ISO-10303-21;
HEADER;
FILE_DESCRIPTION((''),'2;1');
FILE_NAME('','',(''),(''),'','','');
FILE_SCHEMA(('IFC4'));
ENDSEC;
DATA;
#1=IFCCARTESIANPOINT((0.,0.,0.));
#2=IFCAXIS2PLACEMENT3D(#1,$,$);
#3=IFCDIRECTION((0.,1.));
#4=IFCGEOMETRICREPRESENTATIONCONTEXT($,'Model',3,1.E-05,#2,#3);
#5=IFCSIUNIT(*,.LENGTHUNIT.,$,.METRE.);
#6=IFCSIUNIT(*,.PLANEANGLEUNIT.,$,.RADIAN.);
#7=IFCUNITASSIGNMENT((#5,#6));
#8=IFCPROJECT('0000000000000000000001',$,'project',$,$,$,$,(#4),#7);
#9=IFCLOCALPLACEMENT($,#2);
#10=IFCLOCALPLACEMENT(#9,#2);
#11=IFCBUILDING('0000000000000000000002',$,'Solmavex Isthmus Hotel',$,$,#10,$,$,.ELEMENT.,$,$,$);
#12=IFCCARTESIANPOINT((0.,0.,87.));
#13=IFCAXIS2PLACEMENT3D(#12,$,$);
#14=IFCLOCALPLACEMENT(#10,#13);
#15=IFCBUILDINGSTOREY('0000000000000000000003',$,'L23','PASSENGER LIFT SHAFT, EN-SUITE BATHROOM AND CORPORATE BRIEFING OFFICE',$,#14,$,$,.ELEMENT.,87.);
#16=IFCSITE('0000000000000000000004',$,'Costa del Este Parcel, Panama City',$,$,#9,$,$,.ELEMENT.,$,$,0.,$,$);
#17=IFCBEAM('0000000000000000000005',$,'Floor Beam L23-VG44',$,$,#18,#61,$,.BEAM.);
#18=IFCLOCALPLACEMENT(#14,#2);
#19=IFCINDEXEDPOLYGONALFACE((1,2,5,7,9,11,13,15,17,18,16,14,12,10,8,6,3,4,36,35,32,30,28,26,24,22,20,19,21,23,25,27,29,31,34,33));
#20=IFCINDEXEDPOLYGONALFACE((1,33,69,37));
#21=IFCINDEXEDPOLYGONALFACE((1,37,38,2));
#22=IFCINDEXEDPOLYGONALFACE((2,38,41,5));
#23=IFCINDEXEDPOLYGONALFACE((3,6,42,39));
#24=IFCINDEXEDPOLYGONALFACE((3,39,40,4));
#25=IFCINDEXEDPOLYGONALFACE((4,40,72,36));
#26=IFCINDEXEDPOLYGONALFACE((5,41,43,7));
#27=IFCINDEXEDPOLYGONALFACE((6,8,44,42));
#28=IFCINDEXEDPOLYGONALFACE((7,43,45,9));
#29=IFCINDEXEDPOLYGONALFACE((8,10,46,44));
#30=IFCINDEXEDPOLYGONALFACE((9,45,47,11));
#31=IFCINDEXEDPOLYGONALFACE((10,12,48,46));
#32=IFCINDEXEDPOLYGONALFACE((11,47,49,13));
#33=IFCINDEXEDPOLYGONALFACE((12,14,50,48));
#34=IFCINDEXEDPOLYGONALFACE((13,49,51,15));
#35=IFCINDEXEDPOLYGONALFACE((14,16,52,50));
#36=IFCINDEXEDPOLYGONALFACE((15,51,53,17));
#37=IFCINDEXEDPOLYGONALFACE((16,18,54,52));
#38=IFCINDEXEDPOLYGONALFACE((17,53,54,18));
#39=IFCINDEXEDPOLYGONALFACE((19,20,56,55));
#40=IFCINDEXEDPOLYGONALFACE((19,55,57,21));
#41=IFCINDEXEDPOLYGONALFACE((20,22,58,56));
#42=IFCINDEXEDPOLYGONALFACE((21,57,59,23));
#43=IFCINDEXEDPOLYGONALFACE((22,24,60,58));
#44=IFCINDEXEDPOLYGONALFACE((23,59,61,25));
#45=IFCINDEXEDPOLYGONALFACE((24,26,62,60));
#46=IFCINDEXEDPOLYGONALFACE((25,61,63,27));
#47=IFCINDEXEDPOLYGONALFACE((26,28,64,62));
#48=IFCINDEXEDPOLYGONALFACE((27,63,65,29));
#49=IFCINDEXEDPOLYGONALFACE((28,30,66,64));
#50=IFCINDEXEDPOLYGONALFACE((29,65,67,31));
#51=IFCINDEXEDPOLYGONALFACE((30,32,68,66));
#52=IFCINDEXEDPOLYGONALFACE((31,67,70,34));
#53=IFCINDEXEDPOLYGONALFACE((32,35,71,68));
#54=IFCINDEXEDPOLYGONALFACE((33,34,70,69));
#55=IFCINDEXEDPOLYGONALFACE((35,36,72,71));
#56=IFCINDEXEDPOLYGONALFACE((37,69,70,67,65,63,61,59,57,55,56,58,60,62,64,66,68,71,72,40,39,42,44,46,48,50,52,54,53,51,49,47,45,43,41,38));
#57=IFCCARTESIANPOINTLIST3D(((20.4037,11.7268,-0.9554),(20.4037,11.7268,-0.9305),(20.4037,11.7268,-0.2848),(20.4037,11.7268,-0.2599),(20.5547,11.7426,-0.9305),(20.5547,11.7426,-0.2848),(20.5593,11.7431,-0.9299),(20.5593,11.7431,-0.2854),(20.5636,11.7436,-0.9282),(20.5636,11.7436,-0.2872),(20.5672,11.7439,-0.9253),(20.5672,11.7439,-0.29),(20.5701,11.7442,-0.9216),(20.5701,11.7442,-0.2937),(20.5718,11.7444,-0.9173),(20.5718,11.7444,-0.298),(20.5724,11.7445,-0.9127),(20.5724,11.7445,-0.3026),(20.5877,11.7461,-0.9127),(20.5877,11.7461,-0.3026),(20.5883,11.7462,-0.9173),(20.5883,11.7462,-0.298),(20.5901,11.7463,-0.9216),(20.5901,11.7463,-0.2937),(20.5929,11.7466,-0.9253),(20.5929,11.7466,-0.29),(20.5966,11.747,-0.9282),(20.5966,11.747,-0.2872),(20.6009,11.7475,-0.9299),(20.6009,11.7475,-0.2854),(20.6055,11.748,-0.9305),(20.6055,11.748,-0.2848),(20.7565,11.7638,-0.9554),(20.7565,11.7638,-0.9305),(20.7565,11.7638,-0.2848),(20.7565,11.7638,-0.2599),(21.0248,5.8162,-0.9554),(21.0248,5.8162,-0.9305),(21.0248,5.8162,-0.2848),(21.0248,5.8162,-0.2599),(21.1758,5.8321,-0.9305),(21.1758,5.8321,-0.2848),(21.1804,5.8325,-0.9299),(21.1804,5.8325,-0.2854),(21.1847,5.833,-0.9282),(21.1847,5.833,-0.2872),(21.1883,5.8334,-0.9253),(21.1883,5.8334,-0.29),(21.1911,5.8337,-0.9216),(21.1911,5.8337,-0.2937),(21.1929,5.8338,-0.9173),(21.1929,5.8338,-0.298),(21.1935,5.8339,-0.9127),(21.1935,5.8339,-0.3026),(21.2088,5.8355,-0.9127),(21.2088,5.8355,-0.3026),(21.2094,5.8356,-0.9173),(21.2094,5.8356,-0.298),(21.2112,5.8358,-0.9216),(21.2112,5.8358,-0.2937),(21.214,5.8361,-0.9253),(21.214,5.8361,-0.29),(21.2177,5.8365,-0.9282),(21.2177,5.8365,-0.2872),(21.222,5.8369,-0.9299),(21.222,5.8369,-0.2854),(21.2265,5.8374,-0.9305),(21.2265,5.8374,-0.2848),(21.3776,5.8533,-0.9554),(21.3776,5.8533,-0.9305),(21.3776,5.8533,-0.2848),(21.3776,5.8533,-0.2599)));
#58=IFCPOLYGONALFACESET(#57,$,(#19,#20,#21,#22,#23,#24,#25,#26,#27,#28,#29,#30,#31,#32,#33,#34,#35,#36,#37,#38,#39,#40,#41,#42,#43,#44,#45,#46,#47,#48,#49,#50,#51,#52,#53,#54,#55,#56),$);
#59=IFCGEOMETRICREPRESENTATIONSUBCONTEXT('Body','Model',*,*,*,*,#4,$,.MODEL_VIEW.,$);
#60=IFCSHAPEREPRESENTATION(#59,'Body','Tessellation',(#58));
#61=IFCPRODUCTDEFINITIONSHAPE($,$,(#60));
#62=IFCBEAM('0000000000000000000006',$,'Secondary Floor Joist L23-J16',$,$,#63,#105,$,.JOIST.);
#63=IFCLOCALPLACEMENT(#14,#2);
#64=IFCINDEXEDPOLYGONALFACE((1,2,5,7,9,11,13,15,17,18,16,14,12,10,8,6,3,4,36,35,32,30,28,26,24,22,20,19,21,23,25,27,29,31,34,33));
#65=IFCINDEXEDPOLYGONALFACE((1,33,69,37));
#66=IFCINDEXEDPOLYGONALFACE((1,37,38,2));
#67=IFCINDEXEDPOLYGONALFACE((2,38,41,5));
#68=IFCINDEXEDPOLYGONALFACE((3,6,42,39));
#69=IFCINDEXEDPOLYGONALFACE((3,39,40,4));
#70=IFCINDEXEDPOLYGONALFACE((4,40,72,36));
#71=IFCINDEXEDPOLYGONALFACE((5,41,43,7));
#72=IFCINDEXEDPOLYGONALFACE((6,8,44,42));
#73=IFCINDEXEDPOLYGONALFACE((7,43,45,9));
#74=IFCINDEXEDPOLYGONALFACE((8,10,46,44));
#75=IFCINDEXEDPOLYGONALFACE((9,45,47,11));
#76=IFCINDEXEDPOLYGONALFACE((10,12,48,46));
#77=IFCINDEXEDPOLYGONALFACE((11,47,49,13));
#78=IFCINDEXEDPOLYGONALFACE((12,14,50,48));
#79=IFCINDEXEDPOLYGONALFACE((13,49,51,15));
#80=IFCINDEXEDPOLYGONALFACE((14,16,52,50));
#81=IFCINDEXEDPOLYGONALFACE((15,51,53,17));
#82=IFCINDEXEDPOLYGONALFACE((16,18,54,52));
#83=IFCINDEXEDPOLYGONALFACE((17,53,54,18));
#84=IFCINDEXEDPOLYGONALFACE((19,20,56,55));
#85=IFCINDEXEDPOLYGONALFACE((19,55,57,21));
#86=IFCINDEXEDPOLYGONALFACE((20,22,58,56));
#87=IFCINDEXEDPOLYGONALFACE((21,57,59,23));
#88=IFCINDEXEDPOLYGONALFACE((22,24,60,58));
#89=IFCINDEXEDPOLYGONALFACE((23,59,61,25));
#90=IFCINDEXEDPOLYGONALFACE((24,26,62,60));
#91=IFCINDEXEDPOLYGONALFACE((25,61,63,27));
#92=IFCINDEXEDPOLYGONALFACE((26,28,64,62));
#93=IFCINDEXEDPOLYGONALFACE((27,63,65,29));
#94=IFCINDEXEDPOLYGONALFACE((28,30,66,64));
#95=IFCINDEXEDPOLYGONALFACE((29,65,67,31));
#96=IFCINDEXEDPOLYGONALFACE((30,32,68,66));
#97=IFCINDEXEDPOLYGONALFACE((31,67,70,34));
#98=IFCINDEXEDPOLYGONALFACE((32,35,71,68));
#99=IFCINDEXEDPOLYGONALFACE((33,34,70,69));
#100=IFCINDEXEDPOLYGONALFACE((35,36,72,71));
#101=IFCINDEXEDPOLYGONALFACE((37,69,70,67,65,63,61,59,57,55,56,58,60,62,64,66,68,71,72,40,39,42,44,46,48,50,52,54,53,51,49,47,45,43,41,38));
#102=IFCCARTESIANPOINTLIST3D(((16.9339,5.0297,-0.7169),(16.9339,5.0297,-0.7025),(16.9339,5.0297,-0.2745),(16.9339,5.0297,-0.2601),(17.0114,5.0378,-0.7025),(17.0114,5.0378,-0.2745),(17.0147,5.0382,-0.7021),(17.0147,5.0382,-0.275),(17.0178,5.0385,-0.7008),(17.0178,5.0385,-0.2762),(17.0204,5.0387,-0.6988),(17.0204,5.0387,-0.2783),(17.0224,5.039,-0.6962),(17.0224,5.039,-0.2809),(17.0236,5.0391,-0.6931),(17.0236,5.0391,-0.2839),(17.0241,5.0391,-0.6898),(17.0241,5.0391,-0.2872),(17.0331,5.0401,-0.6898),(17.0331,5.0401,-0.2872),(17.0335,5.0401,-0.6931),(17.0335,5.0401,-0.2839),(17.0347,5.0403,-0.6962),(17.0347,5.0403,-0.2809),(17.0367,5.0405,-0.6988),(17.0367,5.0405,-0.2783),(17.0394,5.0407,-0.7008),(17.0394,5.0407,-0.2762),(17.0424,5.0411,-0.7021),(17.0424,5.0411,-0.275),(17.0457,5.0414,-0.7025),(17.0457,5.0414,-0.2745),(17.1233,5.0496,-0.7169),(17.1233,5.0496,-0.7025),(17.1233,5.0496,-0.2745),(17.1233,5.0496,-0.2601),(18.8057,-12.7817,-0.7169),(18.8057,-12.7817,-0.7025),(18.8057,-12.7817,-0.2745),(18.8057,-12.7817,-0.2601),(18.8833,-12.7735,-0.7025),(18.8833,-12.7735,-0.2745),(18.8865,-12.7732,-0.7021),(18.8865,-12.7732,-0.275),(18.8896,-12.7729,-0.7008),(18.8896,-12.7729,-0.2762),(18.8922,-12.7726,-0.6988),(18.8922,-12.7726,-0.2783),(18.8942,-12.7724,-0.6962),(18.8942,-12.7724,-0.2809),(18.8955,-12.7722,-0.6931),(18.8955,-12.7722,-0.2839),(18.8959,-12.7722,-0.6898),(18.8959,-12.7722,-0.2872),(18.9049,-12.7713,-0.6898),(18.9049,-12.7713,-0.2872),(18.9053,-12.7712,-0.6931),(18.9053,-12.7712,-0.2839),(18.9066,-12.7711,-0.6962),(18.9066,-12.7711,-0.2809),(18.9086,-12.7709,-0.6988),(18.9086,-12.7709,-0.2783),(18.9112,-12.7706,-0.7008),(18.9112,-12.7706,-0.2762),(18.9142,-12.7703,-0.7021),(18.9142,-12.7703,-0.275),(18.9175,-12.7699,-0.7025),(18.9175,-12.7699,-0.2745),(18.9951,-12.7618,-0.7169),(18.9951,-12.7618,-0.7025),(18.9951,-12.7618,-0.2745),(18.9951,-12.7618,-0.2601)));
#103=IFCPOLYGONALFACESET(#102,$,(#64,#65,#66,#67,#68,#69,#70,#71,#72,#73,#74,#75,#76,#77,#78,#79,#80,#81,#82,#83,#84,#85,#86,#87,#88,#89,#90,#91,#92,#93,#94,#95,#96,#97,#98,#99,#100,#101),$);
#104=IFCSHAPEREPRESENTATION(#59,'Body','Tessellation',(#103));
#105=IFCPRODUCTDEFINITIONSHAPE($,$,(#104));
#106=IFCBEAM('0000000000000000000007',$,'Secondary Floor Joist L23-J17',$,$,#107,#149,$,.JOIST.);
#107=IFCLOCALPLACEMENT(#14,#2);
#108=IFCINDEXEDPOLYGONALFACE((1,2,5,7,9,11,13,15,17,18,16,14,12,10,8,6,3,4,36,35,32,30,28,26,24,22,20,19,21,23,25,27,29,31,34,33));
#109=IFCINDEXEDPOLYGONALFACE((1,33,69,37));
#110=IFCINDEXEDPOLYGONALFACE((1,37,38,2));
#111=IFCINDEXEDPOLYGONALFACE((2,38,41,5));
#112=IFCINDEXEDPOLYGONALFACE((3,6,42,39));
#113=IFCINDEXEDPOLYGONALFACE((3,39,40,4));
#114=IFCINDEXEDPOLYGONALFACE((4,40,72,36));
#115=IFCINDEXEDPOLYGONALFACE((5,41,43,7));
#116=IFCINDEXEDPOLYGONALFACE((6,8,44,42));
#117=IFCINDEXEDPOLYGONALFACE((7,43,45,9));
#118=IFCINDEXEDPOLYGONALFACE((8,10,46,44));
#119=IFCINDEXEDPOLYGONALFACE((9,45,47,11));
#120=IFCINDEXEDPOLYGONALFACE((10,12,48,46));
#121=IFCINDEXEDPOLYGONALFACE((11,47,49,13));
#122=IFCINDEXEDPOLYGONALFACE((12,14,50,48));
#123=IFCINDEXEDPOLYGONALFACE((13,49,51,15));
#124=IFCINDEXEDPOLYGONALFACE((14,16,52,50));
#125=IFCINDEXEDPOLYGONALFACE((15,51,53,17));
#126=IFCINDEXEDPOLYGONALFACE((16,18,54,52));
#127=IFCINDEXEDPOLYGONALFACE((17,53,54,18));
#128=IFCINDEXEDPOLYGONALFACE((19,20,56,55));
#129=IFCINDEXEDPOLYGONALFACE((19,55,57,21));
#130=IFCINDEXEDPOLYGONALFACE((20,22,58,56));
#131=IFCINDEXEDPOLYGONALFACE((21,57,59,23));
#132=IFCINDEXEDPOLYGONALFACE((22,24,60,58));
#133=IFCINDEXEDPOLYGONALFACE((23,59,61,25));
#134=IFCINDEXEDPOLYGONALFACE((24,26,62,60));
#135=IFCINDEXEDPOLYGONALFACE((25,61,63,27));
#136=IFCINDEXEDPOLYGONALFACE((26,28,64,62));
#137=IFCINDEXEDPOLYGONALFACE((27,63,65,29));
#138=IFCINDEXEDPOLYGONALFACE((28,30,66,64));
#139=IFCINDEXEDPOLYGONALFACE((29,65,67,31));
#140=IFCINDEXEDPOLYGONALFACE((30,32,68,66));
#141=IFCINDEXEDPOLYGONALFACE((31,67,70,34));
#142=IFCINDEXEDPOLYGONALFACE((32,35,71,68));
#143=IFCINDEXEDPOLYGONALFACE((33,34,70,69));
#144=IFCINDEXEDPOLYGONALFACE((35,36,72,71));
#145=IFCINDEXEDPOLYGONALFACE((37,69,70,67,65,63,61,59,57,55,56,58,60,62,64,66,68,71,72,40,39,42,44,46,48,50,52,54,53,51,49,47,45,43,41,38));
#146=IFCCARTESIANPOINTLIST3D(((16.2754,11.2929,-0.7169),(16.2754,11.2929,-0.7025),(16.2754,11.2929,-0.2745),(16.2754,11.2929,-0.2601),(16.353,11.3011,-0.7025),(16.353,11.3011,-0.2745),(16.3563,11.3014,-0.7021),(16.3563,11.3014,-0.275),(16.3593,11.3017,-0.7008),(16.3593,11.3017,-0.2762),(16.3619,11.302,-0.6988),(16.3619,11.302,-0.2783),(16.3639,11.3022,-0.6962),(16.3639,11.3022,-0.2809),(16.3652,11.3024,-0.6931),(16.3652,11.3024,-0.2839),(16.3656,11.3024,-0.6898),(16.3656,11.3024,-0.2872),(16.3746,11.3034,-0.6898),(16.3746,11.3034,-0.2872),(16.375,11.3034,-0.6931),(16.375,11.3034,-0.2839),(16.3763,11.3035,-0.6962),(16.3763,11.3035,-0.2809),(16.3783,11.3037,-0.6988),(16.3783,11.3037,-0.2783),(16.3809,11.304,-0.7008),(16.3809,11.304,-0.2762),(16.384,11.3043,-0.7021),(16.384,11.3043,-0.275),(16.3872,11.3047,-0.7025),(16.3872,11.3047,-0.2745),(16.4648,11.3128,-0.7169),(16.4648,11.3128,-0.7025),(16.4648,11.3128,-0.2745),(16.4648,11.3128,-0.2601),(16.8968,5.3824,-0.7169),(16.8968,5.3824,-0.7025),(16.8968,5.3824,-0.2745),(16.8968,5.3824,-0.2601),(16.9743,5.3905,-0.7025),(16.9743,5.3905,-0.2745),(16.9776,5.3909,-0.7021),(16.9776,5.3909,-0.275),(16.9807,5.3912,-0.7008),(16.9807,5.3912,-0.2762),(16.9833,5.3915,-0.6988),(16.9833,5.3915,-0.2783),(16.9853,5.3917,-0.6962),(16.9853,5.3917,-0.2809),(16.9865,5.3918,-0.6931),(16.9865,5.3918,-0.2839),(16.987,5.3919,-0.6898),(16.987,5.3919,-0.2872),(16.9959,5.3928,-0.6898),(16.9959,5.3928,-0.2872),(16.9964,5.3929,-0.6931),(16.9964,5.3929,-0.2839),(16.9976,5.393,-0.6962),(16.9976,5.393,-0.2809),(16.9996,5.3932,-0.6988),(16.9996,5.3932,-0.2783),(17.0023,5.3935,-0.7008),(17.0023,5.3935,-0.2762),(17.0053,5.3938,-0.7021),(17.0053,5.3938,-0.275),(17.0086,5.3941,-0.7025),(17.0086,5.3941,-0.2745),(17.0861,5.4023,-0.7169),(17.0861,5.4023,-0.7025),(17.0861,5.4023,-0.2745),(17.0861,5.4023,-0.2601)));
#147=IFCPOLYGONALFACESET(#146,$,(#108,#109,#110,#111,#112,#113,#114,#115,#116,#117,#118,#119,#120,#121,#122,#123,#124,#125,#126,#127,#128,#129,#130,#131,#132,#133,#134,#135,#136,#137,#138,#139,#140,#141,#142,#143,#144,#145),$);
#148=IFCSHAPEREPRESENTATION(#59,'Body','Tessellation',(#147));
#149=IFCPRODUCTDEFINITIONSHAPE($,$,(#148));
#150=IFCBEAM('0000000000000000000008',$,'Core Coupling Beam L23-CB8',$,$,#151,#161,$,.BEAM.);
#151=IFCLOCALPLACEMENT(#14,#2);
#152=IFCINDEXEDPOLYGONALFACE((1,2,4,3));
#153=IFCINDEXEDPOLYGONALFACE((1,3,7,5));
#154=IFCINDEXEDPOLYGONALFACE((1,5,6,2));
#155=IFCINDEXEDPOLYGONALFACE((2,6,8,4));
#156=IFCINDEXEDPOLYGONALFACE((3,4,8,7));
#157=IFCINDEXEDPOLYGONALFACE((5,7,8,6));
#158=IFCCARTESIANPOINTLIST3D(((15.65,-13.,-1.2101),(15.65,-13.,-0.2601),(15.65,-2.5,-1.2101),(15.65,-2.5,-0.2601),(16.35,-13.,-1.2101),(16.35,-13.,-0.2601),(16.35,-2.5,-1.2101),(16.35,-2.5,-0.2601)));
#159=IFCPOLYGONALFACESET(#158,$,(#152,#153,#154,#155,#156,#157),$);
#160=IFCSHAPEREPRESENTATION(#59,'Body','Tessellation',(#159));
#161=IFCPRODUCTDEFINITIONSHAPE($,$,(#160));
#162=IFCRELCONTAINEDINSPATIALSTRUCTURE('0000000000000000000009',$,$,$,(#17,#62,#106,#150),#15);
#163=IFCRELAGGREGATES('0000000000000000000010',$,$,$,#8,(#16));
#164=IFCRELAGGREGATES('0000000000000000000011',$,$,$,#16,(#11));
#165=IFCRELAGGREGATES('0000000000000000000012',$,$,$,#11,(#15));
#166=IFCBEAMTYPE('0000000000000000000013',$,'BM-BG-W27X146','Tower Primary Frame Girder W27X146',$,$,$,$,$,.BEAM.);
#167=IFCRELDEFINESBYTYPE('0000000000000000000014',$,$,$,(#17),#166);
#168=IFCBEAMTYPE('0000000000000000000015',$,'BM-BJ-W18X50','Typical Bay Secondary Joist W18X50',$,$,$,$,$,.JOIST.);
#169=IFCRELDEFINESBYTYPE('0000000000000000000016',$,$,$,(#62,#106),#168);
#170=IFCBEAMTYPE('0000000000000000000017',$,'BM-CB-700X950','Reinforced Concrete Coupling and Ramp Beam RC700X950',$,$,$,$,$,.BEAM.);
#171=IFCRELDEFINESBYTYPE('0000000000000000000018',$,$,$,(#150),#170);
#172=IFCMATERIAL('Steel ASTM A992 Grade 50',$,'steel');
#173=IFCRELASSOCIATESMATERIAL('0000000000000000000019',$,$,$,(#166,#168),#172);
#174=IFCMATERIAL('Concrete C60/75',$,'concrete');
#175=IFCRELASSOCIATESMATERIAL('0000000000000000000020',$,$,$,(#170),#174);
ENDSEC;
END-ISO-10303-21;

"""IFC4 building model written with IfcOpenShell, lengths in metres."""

from ifc_helpers import new_model, si_unit, direction, frame, origin, origin_2d, place, context, subcontext, project, spatial, rectangle, i_section, extrude, material, material_profile, profile_set, type_object, element, save


model = new_model("IFC4")

# Units and contexts
model_context = context("Model", 3, precision=1e-05, world=origin(), true_north=direction((0.0, 1.0)))
body_context = subcontext(model_context, "Body", "Model", "MODEL_VIEW")
ifc_project = project(units=[si_unit("LENGTHUNIT", "METRE"), si_unit("PLANEANGLEUNIT", "RADIAN")], contexts=[model_context])

# Site, building, storey
site_placement = place(None, origin())
site = spatial("IfcSite", under=ifc_project, at=site_placement, Name="Costa del Este Parcel, Panama City", CompositionType="ELEMENT", RefElevation=0.0)
building_placement = place(site_placement, origin())
building = spatial("IfcBuilding", under=site, at=building_placement, Name="Solmavex Isthmus Hotel", CompositionType="ELEMENT")
storey_placement = place(building_placement, frame((0.0, 0.0, 87.0)))
storey = spatial("IfcBuildingStorey", under=building, at=storey_placement, Name="L23", Description="PASSENGER LIFT SHAFT, EN-SUITE BATHROOM AND CORPORATE BRIEFING OFFICE", CompositionType="ELEMENT", Elevation=87.0)

# Shared definitions
ifc_material_1 = material(Name="Concrete C60/75", Category="concrete")

# Beams
ifc_material_2 = material(Name="Steel ASTM A992 Grade 50", Category="steel")
ifc_material_profile_1 = material_profile(ifc_material_2, i_section(OverallWidth=0.3547, OverallDepth=0.6956, WebThickness=0.0154, FlangeThickness=0.0249, FilletRadius=0.0178, at=origin_2d()), Name="W27X146")
ifc_profile_set_1 = profile_set([ifc_material_profile_1], Name="Steel ASTM A992 Grade 50")
beam_type_1 = type_object("IfcBeamType", Name="BM-BG-W27X146", Description="Tower Primary Frame Girder W27X146", PredefinedType="BEAM", material=ifc_profile_set_1)
beam_1_placement = place(storey_placement, frame((21.2012, 5.8347, -0.6077), z_axis=(-0.104505, 0.994524, 0.0), x_axis=(-0.994524, -0.104505, 0.0)))
element("IfcBeam", 1, at=beam_1_placement, inside=storey, type_object=beam_type_1, Name="Floor Beam L23-VG44", PredefinedType="BEAM", context=body_context, shape_type="SweptSolid", body=[
    extrude(i_section(OverallWidth=0.3547, OverallDepth=0.6956, WebThickness=0.0154, FlangeThickness=0.0249, FilletRadius=0.0178, at=origin_2d()), origin(), (0.0, 0.0, 1.0), 5.9431),
])
ifc_material_profile_2 = material_profile(ifc_material_2, i_section(OverallWidth=0.1904, OverallDepth=0.4568, WebThickness=0.009, FlangeThickness=0.0144, FilletRadius=0.0127, at=origin_2d()), Name="W18X50")
ifc_profile_set_2 = profile_set([ifc_material_profile_2], Name="Steel ASTM A992 Grade 50")
beam_type_2 = type_object("IfcBeamType", Name="BM-BJ-W18X50", Description="Typical Bay Secondary Joist W18X50", PredefinedType="JOIST", material=ifc_profile_set_2)
beam_2_placement = place(storey_placement, frame((18.9004, -12.7717, -0.4885), z_axis=(-0.104517, 0.994523, 0.0), x_axis=(-0.994523, -0.104517, 0.0)))
element("IfcBeam", 2, at=beam_2_placement, inside=storey, type_object=beam_type_2, Name="Secondary Floor Joist L23-J16", PredefinedType="JOIST", context=body_context, shape_type="SweptSolid", body=[
    extrude(i_section(OverallWidth=0.1904, OverallDepth=0.4568, WebThickness=0.009, FlangeThickness=0.0144, FilletRadius=0.0127, at=origin_2d()), origin(), (0.0, 0.0, 1.0), 17.9094),
])
beam_3_placement = place(storey_placement, frame((16.9915, 5.3923, -0.4885), z_axis=(-0.104546, 0.99452, 0.0), x_axis=(-0.99452, -0.104546, 0.0)))
element("IfcBeam", 3, at=beam_3_placement, inside=storey, type_object=beam_type_2, Name="Secondary Floor Joist L23-J17", PredefinedType="JOIST", context=body_context, shape_type="SweptSolid", body=[
    extrude(i_section(OverallWidth=0.1904, OverallDepth=0.4568, WebThickness=0.009, FlangeThickness=0.0144, FilletRadius=0.0127, at=origin_2d()), origin(), (0.0, 0.0, 1.0), 5.9431),
])
ifc_material_profile_3 = material_profile(ifc_material_1, rectangle(XDim=0.7, YDim=0.95, at=origin_2d()), Name="RC700X950")
ifc_profile_set_3 = profile_set([ifc_material_profile_3], Name="Concrete C60/75")
beam_type_3 = type_object("IfcBeamType", Name="BM-CB-700X950", Description="Reinforced Concrete Coupling and Ramp Beam RC700X950", PredefinedType="BEAM", material=ifc_profile_set_3)
beam_4_placement = place(storey_placement, frame((16.0, -13.0, -0.7351), z_axis=(0.0, 1.0, 0.0), x_axis=(-1.0, 0.0, 0.0)))
element("IfcBeam", 4, at=beam_4_placement, inside=storey, type_object=beam_type_3, Name="Core Coupling Beam L23-CB8", PredefinedType="BEAM", context=body_context, shape_type="SweptSolid", body=[
    extrude(rectangle(XDim=0.7, YDim=0.95, at=origin_2d()), origin(), (0.0, 0.0, 1.0), 10.5),
])

save(model, "model.ifc")
